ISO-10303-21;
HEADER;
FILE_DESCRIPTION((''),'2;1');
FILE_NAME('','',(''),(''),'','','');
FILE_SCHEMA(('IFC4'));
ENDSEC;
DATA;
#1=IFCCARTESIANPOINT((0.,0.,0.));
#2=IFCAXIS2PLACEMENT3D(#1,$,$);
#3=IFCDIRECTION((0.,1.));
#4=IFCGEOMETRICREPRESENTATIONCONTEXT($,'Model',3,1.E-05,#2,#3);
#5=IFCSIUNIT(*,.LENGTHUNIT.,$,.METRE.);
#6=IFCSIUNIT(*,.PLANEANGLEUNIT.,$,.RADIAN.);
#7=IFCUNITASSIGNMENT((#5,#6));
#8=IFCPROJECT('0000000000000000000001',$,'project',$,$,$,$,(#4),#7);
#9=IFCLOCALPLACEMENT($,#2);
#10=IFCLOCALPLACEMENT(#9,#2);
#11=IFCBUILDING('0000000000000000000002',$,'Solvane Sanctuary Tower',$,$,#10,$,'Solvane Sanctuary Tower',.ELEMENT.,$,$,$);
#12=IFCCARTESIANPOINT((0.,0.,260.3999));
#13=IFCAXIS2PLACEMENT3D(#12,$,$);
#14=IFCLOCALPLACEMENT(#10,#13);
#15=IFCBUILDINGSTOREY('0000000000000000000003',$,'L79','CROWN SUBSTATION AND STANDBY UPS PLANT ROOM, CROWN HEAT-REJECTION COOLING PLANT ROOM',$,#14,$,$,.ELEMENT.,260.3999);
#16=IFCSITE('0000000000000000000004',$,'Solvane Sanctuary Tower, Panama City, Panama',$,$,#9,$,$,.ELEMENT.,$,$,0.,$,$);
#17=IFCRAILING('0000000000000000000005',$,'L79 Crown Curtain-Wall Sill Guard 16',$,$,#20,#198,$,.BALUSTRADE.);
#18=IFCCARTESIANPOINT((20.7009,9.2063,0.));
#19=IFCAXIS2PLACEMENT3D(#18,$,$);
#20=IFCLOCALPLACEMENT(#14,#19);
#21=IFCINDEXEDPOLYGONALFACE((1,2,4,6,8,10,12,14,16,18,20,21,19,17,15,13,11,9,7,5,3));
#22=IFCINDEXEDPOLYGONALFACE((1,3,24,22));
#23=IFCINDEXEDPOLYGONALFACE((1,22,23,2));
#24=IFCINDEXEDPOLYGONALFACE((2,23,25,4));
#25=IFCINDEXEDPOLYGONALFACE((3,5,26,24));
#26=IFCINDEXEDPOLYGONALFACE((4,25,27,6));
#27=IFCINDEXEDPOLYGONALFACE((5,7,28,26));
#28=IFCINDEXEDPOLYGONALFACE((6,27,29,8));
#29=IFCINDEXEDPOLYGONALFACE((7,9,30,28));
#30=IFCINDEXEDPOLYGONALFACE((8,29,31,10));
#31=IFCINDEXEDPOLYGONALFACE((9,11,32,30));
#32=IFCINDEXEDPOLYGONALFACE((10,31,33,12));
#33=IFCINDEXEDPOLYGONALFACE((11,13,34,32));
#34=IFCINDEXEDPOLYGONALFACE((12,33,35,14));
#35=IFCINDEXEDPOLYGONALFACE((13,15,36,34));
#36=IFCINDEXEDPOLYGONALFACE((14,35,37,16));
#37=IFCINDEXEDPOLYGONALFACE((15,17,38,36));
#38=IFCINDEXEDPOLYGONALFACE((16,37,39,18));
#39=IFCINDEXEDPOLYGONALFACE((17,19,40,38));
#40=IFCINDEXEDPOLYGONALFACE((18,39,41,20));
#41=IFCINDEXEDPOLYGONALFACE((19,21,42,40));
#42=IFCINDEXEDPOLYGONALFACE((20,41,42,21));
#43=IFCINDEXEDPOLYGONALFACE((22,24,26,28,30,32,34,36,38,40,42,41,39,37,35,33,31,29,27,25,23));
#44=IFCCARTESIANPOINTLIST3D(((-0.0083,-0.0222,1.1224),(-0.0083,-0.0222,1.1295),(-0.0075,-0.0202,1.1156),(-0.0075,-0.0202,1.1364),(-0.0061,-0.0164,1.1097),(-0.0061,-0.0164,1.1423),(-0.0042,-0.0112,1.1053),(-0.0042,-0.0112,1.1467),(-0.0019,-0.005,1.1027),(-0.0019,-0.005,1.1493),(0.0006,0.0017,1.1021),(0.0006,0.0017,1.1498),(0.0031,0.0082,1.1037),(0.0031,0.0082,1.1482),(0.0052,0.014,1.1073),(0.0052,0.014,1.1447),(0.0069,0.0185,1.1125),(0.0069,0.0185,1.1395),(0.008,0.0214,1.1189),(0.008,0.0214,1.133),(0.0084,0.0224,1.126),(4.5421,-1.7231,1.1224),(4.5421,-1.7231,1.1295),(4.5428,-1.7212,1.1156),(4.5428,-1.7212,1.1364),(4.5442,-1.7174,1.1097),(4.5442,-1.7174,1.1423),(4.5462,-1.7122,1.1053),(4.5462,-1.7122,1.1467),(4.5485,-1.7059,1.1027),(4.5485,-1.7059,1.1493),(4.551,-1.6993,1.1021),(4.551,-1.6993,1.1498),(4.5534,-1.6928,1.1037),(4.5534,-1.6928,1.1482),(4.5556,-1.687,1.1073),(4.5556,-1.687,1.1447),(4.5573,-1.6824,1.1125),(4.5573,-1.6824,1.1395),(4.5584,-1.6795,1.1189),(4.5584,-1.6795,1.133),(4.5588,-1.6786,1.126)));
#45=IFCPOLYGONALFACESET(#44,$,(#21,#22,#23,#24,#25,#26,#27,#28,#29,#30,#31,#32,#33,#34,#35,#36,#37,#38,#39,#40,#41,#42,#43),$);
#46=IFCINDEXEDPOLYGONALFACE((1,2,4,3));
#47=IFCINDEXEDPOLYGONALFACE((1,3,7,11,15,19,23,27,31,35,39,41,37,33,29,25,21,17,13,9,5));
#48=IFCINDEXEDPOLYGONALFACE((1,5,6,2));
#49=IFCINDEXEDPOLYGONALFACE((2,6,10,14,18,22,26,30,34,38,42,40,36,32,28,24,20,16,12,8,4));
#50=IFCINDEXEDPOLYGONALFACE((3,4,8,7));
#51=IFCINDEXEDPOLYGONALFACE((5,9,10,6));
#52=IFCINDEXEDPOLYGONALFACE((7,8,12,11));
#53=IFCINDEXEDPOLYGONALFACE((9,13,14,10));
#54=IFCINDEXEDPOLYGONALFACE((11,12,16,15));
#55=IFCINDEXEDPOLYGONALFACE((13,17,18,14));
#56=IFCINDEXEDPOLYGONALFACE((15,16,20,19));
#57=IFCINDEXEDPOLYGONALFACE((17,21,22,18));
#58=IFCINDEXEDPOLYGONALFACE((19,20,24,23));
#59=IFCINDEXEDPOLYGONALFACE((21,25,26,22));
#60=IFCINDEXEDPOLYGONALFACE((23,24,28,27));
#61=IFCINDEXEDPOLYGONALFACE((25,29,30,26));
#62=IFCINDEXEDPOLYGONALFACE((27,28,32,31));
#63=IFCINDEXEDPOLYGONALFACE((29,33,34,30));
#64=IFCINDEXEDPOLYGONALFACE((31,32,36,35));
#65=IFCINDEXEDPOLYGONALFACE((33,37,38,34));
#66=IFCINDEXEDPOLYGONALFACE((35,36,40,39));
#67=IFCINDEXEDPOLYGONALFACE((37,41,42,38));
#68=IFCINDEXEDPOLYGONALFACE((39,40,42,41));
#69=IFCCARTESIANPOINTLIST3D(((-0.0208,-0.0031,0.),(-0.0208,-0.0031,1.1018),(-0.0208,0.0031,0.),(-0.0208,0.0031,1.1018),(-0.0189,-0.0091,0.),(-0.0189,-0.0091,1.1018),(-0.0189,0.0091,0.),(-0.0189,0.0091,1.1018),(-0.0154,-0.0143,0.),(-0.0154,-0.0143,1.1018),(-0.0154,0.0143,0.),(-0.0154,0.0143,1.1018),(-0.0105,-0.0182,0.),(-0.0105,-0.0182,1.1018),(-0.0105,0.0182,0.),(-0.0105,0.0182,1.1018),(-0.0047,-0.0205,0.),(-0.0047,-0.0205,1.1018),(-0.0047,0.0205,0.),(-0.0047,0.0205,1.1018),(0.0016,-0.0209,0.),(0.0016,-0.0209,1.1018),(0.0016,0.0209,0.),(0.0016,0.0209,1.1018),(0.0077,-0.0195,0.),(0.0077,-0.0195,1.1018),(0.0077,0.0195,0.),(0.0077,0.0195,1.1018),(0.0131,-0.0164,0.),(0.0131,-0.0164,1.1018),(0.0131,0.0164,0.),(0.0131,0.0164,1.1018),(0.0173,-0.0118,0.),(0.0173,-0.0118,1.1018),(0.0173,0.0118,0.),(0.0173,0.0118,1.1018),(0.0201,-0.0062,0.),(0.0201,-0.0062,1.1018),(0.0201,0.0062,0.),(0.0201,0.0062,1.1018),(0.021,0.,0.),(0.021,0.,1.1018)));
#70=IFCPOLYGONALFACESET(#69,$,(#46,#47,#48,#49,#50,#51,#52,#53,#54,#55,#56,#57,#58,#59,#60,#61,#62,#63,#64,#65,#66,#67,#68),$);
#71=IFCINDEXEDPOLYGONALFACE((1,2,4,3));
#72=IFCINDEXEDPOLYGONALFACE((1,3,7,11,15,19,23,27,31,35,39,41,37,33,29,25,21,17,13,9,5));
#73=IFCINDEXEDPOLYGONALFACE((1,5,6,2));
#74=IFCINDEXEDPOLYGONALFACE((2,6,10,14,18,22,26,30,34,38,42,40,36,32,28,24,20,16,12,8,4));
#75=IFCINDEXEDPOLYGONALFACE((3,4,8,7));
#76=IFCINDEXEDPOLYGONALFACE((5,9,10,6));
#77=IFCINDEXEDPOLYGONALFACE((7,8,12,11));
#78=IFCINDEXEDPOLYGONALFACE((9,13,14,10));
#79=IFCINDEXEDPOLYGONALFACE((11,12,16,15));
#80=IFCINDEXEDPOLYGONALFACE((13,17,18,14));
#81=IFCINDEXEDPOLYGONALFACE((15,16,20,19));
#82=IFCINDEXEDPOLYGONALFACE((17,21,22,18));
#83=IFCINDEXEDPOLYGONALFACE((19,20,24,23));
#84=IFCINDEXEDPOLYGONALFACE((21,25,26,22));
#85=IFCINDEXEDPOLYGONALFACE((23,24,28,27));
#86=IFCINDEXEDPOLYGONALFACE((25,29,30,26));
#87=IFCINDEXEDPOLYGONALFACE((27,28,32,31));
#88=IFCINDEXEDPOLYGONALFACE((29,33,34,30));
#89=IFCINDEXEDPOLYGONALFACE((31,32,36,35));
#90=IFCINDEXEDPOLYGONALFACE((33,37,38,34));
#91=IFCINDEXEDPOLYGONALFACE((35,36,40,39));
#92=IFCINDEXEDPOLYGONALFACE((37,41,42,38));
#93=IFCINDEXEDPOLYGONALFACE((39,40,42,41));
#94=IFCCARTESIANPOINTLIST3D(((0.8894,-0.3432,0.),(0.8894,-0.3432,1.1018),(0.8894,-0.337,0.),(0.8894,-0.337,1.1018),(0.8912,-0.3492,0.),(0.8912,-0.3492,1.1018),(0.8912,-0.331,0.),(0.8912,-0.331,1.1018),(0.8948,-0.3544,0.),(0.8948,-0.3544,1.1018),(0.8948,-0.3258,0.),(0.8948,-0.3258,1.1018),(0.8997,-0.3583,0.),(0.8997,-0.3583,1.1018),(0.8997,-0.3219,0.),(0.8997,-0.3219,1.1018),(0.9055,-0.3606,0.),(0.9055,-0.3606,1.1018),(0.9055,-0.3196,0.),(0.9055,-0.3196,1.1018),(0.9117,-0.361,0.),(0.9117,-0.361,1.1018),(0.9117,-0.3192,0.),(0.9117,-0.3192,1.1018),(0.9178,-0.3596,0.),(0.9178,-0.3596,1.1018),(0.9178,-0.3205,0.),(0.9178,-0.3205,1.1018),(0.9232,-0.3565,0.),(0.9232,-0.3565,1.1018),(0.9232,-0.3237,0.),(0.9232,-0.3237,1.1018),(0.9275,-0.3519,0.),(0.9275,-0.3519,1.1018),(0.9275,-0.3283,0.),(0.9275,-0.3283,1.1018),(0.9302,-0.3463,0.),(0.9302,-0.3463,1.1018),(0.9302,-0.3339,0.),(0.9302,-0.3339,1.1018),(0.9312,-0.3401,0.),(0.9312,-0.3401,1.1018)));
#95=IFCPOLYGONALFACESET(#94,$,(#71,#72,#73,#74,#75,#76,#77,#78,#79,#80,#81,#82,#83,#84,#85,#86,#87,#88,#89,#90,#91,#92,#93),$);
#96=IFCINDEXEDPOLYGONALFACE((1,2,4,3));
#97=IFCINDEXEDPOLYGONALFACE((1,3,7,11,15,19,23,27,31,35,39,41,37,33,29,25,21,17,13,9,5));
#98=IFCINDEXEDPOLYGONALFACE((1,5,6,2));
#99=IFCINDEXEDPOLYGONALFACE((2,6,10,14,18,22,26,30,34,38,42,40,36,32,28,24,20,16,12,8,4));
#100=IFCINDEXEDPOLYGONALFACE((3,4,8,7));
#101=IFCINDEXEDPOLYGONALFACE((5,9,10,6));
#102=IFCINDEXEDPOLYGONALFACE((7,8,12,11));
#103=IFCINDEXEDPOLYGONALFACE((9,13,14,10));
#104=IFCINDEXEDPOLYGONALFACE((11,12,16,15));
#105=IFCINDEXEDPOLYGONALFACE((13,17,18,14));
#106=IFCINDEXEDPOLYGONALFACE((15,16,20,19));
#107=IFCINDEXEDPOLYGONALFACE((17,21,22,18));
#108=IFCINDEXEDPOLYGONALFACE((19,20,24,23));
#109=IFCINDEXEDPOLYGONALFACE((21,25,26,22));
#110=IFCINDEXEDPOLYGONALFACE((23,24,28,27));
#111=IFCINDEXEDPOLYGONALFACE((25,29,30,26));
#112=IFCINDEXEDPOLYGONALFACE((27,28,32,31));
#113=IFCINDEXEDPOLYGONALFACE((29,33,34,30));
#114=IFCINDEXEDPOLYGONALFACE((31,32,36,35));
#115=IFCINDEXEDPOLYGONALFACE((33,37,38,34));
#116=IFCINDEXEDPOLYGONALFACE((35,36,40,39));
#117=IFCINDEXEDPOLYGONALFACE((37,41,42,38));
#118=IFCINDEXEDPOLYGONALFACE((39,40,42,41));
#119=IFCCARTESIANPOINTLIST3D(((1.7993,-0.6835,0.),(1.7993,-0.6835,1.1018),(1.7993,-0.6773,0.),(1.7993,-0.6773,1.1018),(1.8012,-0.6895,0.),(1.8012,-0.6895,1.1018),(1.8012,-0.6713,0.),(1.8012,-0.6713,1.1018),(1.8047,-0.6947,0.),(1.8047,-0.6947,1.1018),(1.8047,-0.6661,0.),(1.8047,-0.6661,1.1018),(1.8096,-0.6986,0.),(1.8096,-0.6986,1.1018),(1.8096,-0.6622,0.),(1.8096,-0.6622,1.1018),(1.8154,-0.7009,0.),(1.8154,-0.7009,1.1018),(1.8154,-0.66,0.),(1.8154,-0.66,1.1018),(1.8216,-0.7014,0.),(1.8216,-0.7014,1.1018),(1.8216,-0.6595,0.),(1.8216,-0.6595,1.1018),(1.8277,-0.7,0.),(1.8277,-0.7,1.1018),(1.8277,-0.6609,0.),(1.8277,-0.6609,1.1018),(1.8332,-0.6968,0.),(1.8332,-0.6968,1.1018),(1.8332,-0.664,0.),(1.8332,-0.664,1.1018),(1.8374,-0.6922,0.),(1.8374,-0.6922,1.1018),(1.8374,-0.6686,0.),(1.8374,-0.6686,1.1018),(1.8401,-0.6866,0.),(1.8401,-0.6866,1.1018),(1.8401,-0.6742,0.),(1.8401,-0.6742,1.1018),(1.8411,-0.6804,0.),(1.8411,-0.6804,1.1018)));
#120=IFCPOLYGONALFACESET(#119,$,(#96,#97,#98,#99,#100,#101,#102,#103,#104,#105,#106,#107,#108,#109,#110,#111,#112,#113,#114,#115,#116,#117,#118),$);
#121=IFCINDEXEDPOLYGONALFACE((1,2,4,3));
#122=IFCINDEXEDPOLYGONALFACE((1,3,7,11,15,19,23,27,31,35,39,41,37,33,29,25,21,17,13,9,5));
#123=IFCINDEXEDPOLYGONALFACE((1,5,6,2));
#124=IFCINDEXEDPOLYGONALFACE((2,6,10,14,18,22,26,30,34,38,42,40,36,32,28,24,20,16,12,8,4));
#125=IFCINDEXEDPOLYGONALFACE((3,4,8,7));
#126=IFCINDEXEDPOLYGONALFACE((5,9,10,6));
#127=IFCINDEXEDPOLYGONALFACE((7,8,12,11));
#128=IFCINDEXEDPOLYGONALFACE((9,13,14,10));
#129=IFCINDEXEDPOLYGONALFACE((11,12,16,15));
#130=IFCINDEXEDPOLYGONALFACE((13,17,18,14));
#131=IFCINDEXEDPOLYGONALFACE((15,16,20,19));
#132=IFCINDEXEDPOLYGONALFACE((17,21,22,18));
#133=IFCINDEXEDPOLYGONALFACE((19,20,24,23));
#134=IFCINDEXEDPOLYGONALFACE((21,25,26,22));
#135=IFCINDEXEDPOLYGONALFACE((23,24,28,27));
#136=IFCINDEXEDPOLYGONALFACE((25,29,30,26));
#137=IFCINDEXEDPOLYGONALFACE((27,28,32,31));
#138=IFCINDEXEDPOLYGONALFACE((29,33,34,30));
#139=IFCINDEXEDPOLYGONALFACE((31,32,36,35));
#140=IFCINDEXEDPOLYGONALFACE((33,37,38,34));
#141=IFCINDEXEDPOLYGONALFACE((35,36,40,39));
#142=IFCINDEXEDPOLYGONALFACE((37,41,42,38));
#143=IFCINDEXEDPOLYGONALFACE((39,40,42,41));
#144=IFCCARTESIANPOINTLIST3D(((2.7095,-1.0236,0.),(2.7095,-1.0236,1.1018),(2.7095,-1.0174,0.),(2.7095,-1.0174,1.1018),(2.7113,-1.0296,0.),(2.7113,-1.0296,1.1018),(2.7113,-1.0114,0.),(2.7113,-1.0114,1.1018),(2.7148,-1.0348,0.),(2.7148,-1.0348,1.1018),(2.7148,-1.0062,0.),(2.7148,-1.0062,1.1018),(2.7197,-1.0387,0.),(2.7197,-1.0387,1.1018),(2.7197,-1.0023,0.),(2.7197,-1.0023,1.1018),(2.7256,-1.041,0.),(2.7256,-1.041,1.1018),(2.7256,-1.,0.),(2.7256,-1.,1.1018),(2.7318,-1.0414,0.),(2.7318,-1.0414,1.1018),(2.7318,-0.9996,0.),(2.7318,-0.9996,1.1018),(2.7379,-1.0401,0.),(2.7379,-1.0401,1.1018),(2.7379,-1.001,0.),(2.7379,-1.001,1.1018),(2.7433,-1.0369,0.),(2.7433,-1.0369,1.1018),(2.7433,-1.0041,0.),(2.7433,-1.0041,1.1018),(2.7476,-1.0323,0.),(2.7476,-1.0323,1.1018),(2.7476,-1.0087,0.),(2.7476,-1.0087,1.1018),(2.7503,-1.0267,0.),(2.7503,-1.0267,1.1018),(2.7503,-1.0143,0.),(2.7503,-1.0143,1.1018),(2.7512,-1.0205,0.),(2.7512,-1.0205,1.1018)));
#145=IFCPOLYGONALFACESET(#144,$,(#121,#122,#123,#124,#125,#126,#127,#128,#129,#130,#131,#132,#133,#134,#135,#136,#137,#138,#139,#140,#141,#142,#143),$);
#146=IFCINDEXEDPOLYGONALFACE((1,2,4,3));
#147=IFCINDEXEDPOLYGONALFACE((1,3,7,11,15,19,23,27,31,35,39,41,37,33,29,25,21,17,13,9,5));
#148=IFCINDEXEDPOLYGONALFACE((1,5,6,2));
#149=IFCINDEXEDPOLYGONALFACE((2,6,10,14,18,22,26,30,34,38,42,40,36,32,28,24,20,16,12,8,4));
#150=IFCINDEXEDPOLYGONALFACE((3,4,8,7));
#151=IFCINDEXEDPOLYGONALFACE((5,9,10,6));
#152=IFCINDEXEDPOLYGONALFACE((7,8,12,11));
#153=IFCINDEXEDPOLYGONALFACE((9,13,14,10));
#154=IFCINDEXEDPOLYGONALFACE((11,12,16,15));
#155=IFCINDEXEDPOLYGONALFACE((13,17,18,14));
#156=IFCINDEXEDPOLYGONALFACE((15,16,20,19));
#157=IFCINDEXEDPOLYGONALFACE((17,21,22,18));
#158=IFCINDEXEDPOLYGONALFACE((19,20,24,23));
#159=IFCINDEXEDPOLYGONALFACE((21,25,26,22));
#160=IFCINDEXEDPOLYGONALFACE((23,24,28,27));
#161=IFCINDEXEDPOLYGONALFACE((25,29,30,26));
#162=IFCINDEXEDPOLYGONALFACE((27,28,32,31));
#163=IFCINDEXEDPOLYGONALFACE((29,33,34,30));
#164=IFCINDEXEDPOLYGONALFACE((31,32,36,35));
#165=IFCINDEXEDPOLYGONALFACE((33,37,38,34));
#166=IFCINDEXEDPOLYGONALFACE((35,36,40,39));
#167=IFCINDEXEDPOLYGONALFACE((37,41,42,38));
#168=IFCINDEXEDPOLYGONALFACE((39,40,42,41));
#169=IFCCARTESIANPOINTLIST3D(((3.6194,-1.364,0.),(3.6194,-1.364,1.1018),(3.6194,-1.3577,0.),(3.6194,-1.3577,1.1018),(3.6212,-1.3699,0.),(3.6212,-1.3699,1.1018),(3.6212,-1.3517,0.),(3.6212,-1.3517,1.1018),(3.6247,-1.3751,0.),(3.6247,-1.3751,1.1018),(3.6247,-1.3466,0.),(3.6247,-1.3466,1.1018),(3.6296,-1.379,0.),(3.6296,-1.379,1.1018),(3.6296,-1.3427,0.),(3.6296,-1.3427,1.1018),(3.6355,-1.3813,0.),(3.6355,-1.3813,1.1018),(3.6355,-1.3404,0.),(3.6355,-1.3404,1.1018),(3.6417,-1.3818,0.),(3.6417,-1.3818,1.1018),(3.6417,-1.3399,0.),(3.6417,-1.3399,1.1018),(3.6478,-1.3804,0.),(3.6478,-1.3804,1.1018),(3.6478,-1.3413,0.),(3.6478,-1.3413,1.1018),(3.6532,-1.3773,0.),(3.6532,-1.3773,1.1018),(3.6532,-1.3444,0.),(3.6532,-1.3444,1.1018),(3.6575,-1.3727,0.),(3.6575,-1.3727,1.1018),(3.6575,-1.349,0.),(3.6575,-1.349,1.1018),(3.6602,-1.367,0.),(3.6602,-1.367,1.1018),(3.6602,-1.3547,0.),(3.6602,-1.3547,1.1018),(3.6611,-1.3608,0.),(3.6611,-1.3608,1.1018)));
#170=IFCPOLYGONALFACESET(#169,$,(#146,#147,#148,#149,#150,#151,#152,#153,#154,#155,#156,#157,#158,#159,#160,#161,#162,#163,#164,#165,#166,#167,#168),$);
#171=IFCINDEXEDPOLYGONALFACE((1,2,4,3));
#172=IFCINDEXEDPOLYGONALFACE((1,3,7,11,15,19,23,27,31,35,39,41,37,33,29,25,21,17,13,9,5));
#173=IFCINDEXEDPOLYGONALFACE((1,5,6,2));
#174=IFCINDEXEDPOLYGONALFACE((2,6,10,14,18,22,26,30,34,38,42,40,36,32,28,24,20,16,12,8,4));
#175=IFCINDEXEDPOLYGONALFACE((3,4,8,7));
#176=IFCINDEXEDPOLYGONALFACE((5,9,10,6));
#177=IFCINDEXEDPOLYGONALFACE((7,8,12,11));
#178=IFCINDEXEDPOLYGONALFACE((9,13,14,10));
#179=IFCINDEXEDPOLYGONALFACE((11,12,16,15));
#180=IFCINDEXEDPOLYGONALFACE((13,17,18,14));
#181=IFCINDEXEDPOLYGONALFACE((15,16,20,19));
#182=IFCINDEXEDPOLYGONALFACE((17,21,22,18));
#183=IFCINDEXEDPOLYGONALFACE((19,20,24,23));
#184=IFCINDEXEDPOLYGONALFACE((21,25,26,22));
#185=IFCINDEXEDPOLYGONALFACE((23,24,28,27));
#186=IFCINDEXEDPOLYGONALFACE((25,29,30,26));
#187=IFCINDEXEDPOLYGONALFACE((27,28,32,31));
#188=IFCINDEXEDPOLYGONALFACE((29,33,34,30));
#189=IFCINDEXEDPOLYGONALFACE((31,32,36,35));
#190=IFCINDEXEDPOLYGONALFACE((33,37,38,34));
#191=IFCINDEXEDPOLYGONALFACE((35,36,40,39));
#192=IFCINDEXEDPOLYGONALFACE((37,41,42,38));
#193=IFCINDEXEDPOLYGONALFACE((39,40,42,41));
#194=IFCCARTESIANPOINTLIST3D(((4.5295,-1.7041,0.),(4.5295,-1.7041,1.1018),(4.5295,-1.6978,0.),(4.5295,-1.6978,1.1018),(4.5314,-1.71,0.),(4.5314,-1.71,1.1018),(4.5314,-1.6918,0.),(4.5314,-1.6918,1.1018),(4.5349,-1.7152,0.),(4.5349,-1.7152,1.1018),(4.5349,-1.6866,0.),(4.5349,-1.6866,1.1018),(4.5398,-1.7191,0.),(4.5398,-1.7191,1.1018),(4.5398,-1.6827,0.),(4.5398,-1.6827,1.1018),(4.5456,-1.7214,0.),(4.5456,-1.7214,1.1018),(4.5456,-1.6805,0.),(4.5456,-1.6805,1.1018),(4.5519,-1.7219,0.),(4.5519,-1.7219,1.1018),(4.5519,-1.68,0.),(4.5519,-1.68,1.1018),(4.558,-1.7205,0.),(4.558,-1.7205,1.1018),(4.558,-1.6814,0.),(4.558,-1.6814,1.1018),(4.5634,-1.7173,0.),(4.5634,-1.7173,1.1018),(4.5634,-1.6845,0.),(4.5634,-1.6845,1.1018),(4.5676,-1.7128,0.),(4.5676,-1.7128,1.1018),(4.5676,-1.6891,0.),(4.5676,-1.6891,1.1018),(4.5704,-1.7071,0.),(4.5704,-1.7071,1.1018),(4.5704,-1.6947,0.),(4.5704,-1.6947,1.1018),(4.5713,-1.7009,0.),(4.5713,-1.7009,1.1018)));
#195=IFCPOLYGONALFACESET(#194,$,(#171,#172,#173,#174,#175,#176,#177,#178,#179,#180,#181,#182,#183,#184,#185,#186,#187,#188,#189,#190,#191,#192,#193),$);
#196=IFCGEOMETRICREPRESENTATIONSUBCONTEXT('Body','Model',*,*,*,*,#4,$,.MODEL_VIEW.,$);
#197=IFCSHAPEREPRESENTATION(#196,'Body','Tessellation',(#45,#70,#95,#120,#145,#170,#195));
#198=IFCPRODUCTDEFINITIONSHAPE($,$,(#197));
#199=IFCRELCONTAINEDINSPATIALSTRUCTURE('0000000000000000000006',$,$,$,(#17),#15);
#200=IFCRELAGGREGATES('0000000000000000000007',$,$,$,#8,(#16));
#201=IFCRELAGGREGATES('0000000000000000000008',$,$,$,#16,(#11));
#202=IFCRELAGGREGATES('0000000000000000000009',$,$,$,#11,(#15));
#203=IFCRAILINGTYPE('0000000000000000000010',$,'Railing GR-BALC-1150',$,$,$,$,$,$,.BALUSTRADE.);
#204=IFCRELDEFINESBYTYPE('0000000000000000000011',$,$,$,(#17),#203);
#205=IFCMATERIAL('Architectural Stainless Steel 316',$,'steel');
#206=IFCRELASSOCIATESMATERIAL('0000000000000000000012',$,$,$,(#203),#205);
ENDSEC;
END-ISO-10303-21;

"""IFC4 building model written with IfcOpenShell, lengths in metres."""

from ifc_helpers import new_model, si_unit, direction, frame, origin, origin_2d, place, context, subcontext, project, spatial, circle, extrude, material, type_object, element, save


model = new_model("IFC4")

# Units and contexts
model_context = context("Model", 3, precision=1e-05, world=origin(), true_north=direction((0.0, 1.0)))
body_context = subcontext(model_context, "Body", "Model", "MODEL_VIEW")
ifc_project = project(units=[si_unit("LENGTHUNIT", "METRE"), si_unit("PLANEANGLEUNIT", "RADIAN")], contexts=[model_context])

# Site, building, storey
site_placement = place(None, origin())
site = spatial("IfcSite", under=ifc_project, at=site_placement, Name="Solvane Sanctuary Tower, Panama City, Panama", CompositionType="ELEMENT", RefElevation=0.0)
building_placement = place(site_placement, origin())
building = spatial("IfcBuilding", under=site, at=building_placement, Name="Solvane Sanctuary Tower", LongName="Solvane Sanctuary Tower", CompositionType="ELEMENT")
storey_placement = place(building_placement, frame((0.0, 0.0, 260.3999)))
storey = spatial("IfcBuildingStorey", under=building, at=storey_placement, Name="L79", Description="CROWN SUBSTATION AND STANDBY UPS PLANT ROOM, CROWN HEAT-REJECTION COOLING PLANT ROOM", CompositionType="ELEMENT", Elevation=260.3999)

# Shared definitions
ifc_material_1 = material(Name="Architectural Stainless Steel 316", Category="steel")

# Railing
railing_type_1 = type_object("IfcRailingType", Name="Railing GR-BALC-1150", PredefinedType="BALUSTRADE", material=ifc_material_1)
railing_1_placement = place(storey_placement, frame((20.7009, 9.2063, 0.0)))
element("IfcRailing", 1, at=railing_1_placement, inside=storey, type_object=railing_type_1, Name="L79 Crown Curtain-Wall Sill Guard 16", PredefinedType="BALUSTRADE", context=body_context, shape_type="SweptSolid", body=[
    extrude(circle(Radius=0.0239, at=origin_2d()), frame((0.0, 0.0, 1.126), z_axis=(0.936696, -0.350143, 0.0), x_axis=(0.350143, 0.936696, 0.0)), (0.0, 0.0, 1.0), 4.8579),
    extrude(circle(Radius=0.021, at=origin_2d()), origin(), (0.0, 0.0, 1.0), 1.1018),
    extrude(circle(Radius=0.021, at=origin_2d()), frame((0.9102, -0.3401, 0.0)), (0.0, 0.0, 1.0), 1.1018),
    extrude(circle(Radius=0.021, at=origin_2d()), frame((1.8201, -0.6804, 0.0)), (0.0, 0.0, 1.0), 1.1018),
    extrude(circle(Radius=0.021, at=origin_2d()), frame((2.7302, -1.0205, 0.0)), (0.0, 0.0, 1.0), 1.1018),
    extrude(circle(Radius=0.021, at=origin_2d()), frame((3.6401, -1.3608, 0.0)), (0.0, 0.0, 1.0), 1.1018),
    extrude(circle(Radius=0.021, at=origin_2d()), frame((4.5503, -1.7009, 0.0)), (0.0, 0.0, 1.0), 1.1018),
])

save(model, "model.ifc")
